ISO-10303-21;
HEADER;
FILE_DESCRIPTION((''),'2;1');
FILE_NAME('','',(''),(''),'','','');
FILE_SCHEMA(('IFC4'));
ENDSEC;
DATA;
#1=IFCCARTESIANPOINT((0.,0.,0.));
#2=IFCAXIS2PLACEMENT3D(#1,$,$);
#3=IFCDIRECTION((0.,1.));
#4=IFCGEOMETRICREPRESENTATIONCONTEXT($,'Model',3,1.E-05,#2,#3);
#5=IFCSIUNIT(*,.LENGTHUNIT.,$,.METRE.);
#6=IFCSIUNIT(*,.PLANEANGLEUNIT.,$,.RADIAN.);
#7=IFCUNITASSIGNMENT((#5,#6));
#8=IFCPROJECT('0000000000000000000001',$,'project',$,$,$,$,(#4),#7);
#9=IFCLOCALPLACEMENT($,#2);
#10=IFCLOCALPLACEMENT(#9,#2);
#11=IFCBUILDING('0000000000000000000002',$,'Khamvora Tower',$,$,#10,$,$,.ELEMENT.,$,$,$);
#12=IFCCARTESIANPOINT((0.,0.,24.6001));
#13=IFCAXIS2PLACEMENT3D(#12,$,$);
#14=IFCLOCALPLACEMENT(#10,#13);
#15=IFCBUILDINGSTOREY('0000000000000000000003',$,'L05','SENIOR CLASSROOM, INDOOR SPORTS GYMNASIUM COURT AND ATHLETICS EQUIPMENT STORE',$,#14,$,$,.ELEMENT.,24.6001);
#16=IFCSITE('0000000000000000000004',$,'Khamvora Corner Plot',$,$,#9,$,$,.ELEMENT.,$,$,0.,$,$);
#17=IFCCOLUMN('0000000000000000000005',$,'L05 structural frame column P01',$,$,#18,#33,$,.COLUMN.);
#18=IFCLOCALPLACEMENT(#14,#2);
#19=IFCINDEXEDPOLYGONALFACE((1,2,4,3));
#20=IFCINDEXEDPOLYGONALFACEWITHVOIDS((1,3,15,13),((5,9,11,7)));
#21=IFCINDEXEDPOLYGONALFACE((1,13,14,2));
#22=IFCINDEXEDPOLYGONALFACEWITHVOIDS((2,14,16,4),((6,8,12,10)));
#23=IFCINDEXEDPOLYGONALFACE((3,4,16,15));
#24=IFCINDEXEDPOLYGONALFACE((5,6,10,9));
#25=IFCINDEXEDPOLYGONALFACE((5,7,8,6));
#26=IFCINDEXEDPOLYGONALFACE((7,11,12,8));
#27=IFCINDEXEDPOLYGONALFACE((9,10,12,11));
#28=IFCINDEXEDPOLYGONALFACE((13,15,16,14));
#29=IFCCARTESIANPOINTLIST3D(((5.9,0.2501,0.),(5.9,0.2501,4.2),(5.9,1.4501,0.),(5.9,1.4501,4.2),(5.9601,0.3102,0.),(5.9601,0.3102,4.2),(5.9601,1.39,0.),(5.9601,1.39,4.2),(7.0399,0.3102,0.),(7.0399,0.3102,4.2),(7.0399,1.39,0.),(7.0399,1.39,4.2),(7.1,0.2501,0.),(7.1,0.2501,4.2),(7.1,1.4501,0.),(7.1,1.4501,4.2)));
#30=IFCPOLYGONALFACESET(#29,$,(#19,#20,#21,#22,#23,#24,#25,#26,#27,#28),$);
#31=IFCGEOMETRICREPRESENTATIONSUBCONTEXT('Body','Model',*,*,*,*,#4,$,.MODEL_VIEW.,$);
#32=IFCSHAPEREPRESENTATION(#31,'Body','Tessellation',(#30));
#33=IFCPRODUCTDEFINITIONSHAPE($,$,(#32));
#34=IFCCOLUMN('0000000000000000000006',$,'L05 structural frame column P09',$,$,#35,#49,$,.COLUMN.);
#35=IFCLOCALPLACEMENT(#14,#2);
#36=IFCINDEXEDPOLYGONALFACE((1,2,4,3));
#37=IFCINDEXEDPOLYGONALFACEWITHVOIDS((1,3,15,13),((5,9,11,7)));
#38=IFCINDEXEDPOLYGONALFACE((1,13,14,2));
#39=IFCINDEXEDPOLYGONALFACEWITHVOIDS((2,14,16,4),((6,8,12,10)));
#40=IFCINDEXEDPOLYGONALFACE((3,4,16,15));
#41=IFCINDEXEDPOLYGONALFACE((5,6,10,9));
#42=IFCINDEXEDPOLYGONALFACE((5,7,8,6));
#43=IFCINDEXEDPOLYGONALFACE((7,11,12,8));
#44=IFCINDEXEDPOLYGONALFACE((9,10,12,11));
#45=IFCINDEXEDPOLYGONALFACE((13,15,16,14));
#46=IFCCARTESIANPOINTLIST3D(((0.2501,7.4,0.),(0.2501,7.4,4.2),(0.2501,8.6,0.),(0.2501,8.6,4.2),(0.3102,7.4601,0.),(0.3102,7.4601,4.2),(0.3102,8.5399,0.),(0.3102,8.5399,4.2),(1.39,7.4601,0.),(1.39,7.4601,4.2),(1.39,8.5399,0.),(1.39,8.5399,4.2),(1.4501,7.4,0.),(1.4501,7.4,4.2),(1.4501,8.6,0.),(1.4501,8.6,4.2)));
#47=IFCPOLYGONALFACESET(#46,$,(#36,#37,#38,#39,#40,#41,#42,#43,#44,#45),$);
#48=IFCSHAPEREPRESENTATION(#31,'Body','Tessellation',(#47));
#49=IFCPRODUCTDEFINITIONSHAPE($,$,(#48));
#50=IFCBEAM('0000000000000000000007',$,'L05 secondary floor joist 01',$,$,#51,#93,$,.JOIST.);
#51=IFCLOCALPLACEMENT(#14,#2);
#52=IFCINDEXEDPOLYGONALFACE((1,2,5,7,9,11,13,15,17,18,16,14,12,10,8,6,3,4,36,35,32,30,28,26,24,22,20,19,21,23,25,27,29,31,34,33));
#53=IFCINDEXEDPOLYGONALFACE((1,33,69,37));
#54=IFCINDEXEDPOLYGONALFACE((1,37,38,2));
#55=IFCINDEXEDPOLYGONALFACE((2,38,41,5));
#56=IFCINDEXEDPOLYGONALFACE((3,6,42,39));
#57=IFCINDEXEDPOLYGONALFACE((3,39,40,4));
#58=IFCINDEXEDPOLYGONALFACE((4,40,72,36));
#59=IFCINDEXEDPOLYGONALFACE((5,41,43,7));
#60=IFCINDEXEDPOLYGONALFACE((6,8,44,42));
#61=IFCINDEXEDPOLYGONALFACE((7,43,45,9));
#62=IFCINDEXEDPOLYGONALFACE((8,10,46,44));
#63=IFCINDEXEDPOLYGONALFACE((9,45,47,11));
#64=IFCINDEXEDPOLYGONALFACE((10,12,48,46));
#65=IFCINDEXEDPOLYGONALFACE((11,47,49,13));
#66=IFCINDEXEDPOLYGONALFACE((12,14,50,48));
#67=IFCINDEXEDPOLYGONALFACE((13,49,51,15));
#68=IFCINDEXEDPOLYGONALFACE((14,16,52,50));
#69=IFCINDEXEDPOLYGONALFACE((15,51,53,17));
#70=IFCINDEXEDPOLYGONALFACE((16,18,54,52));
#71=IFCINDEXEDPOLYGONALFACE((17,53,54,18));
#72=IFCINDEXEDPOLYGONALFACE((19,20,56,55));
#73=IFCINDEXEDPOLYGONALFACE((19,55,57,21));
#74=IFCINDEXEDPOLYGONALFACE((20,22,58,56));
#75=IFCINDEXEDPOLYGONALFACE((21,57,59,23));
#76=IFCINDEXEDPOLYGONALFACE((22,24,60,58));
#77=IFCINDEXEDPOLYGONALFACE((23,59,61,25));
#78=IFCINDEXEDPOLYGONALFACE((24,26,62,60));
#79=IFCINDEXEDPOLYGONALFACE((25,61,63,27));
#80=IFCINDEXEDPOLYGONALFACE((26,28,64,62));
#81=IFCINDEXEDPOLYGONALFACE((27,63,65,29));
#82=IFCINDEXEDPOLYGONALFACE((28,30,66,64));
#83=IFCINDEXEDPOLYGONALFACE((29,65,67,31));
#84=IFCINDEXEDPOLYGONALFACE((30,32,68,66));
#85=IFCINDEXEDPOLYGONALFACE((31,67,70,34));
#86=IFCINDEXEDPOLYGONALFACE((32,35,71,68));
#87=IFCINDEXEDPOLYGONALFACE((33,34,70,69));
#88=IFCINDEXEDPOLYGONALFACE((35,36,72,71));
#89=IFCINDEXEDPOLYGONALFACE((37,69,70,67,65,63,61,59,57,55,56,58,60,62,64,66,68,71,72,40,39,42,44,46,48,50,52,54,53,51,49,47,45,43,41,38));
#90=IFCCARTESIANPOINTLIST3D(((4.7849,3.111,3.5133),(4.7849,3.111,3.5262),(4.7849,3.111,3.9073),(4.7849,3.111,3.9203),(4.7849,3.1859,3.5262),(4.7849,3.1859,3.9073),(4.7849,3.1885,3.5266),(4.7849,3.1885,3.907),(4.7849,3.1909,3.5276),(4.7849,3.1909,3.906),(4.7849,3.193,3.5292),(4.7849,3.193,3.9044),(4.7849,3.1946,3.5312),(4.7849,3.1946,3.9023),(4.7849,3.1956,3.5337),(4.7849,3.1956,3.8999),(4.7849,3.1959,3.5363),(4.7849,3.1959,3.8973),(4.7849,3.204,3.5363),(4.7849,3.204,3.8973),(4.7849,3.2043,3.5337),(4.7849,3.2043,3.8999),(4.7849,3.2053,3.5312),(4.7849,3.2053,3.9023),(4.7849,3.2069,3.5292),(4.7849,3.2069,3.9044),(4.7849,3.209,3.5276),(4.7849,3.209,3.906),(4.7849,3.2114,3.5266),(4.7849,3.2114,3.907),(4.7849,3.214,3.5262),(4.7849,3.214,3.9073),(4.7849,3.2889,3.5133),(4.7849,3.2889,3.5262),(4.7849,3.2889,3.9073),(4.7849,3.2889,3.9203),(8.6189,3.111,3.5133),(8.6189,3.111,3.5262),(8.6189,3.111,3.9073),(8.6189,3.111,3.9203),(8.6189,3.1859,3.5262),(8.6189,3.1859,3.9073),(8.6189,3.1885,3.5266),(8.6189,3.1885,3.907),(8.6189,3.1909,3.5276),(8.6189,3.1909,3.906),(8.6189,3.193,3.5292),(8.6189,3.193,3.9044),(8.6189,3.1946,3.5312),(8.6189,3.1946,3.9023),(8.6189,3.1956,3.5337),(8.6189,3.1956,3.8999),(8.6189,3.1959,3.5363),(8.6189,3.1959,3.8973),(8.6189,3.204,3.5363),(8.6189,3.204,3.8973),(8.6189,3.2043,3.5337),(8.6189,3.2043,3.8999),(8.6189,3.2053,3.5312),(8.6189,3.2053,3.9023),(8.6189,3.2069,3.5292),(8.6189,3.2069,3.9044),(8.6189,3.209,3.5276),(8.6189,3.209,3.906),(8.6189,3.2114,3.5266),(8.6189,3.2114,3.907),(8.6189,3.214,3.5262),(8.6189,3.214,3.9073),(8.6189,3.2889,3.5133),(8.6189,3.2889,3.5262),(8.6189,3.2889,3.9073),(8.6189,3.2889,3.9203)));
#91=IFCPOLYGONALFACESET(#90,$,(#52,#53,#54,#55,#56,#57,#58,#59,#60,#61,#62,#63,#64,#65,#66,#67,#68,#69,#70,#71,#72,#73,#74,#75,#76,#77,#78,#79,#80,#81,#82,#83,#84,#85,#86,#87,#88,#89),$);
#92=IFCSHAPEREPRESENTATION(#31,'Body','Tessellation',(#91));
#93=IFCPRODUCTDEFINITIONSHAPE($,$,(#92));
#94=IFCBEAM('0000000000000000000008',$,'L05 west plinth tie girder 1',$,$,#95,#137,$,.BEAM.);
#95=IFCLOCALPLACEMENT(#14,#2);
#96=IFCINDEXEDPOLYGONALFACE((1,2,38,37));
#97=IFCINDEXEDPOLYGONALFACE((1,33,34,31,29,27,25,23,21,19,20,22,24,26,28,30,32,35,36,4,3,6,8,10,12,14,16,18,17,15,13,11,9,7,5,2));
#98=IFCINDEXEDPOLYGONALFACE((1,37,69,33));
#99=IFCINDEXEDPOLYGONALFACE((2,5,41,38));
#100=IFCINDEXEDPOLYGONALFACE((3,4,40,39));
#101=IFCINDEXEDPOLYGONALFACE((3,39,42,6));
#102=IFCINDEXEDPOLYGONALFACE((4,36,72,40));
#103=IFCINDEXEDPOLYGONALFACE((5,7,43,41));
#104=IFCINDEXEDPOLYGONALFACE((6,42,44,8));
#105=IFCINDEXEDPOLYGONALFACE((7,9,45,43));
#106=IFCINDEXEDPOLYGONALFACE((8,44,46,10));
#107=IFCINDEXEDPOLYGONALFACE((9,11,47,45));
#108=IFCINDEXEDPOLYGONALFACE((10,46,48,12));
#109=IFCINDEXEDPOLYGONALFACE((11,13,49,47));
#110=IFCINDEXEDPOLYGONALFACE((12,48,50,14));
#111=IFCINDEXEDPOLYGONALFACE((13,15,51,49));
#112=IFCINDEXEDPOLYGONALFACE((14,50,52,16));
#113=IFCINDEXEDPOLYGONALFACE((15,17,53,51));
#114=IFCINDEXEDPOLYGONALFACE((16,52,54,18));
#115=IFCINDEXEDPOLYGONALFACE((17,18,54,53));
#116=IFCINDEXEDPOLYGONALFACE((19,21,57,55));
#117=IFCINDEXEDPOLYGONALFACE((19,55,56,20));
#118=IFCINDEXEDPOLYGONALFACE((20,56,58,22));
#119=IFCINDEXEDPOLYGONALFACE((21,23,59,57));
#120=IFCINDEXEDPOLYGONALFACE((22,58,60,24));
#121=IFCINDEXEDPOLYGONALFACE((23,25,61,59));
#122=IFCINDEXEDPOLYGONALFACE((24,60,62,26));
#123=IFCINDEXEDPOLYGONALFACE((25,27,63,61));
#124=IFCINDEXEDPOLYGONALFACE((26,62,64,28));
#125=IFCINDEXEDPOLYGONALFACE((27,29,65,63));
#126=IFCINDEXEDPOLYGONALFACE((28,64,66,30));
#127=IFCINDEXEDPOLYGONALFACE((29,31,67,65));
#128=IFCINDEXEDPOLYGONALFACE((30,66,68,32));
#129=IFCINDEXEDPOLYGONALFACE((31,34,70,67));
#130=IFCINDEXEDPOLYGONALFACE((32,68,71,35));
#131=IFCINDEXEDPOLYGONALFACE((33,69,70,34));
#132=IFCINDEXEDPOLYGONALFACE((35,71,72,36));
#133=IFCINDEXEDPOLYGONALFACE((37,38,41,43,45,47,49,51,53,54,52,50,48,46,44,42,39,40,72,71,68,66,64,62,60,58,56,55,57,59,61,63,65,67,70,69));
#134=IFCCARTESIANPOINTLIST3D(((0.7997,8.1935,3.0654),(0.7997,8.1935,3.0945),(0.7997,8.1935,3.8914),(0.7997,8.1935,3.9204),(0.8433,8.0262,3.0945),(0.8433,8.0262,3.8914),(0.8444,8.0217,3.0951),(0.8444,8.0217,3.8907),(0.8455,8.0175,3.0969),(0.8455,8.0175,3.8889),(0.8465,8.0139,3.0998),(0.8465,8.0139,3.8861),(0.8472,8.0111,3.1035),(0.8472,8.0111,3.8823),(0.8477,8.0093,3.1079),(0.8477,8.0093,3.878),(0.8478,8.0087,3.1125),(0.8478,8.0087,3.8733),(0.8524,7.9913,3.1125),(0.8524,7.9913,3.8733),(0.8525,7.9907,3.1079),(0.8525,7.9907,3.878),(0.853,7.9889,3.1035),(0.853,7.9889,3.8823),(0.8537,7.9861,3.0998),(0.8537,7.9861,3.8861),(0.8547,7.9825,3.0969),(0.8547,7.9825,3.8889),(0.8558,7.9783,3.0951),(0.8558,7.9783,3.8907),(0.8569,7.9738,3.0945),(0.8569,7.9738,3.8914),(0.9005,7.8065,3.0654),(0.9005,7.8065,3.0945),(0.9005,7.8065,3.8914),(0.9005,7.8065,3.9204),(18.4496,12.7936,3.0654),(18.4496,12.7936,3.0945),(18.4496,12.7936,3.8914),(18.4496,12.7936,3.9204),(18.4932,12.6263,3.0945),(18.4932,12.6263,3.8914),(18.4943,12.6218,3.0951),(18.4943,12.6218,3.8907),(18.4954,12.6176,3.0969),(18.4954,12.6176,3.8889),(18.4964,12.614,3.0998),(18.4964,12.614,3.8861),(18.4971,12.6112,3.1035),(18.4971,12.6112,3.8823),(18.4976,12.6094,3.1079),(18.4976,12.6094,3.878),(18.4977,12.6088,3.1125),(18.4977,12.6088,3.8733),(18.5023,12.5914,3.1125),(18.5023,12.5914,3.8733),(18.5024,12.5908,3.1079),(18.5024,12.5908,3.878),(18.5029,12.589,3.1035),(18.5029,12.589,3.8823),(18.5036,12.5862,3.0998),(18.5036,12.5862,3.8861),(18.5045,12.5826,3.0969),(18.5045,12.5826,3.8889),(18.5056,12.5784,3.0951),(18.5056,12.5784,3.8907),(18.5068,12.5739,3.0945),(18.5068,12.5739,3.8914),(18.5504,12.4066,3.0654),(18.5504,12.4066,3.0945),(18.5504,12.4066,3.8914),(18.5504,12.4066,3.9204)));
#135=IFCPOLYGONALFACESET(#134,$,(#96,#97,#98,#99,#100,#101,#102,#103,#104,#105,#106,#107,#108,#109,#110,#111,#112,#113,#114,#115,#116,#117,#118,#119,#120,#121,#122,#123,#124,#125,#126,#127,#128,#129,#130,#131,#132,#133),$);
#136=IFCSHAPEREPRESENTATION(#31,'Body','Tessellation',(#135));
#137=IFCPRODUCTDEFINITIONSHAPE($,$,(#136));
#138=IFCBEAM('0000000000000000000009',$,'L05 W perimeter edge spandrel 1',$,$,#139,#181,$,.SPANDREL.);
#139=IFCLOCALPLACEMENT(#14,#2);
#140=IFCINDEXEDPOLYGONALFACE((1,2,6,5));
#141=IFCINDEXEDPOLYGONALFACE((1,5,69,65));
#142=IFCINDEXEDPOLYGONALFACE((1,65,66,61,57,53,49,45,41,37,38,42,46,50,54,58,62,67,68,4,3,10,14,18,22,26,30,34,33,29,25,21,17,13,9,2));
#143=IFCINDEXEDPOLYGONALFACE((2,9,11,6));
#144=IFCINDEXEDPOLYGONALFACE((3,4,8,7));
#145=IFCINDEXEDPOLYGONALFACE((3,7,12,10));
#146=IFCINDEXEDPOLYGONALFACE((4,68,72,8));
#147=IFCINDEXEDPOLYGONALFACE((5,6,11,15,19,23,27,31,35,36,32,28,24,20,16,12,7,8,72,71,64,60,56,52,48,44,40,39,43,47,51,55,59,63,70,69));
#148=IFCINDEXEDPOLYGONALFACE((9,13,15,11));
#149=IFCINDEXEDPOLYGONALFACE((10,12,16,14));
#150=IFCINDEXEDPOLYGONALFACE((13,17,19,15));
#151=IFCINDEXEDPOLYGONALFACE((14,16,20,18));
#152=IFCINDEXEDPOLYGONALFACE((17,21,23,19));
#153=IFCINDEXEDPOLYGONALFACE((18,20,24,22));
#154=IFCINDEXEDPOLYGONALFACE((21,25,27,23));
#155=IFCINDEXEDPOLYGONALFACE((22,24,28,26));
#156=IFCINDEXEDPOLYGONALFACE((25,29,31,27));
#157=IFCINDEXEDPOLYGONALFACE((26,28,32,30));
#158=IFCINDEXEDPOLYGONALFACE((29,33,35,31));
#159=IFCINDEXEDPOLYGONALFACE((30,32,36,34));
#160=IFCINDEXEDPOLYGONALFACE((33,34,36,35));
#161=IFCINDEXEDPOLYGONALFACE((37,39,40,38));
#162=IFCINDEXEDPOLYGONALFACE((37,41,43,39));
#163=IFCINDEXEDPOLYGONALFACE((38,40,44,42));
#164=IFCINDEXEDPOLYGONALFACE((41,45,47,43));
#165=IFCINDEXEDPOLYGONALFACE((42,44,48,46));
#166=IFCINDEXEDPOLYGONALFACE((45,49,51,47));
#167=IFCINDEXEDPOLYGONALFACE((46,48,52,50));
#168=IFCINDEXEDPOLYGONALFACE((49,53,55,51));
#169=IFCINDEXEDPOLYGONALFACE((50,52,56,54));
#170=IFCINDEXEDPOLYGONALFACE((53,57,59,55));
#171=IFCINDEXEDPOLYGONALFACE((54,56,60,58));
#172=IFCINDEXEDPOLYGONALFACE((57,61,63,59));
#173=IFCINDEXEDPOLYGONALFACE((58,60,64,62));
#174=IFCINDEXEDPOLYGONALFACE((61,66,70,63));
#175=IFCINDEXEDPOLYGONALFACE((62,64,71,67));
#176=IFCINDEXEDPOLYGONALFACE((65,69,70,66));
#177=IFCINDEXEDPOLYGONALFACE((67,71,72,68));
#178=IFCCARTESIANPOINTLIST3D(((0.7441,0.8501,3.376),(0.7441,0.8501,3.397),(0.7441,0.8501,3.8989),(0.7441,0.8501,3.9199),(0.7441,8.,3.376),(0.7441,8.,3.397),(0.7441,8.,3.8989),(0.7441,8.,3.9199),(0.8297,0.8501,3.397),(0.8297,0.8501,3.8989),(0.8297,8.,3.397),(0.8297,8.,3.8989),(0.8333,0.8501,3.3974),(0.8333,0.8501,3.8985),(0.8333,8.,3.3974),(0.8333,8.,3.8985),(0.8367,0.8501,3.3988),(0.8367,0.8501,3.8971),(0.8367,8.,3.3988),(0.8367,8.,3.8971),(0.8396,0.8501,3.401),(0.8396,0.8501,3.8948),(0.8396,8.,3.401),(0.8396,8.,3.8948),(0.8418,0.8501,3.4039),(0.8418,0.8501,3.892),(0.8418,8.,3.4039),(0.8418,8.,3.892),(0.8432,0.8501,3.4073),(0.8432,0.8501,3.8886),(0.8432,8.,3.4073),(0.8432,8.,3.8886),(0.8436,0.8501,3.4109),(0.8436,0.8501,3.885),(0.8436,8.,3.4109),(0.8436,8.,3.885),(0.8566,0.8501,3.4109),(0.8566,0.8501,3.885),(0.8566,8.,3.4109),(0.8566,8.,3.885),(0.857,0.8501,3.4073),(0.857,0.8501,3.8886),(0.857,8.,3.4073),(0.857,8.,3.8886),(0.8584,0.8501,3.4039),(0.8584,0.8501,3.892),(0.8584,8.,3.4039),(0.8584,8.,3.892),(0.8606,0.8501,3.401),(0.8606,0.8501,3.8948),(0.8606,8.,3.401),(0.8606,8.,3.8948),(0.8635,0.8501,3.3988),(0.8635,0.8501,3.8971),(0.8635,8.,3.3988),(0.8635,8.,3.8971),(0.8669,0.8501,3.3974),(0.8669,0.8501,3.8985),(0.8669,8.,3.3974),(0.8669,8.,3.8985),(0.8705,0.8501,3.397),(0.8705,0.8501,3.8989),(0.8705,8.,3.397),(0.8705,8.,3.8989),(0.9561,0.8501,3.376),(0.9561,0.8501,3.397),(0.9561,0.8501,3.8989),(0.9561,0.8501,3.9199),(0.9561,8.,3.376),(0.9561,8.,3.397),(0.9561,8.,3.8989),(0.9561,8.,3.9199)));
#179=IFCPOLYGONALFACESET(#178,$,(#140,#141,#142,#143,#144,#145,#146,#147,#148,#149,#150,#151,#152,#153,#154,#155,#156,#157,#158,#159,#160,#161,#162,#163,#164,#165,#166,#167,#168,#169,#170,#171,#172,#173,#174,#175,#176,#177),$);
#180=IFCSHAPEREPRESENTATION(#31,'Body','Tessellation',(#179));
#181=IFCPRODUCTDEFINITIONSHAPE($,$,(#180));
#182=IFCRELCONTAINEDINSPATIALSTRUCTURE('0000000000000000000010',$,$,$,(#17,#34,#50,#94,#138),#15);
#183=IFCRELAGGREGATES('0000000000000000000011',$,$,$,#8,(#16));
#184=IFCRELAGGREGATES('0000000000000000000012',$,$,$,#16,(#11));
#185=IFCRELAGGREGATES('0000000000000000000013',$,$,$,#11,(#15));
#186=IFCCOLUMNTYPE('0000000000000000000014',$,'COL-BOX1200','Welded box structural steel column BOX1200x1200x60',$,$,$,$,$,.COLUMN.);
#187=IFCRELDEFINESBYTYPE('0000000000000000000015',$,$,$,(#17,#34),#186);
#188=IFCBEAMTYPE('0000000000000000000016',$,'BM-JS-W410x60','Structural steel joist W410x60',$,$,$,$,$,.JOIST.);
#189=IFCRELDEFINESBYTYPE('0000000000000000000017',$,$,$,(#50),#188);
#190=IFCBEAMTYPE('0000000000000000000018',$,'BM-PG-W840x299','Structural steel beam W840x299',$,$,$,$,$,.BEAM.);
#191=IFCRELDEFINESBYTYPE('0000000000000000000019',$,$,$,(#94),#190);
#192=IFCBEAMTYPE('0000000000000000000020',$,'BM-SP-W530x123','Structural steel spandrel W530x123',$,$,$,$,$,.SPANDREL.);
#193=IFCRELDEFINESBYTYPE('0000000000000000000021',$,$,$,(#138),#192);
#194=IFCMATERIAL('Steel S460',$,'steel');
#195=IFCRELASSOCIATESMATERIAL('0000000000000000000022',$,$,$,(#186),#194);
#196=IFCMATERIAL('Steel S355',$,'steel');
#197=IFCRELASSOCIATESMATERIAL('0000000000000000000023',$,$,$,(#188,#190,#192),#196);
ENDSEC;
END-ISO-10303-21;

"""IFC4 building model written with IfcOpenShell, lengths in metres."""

from ifc_helpers import new_model, si_unit, direction, frame, origin, origin_2d, place, context, subcontext, project, spatial, hollow_rectangle, i_section, extrude, material, material_profile, profile_set, type_object, element, save


model = new_model("IFC4")

# Units and contexts
model_context = context("Model", 3, precision=1e-05, world=origin(), true_north=direction((0.0, 1.0)))
body_context = subcontext(model_context, "Body", "Model", "MODEL_VIEW")
ifc_project = project(units=[si_unit("LENGTHUNIT", "METRE"), si_unit("PLANEANGLEUNIT", "RADIAN")], contexts=[model_context])

# Site, building, storey
site_placement = place(None, origin())
site = spatial("IfcSite", under=ifc_project, at=site_placement, Name="Khamvora Corner Plot", CompositionType="ELEMENT", RefElevation=0.0)
building_placement = place(site_placement, origin())
building = spatial("IfcBuilding", under=site, at=building_placement, Name="Khamvora Tower", CompositionType="ELEMENT")
storey_placement = place(building_placement, frame((0.0, 0.0, 24.6001)))
storey = spatial("IfcBuildingStorey", under=building, at=storey_placement, Name="L05", Description="SENIOR CLASSROOM, INDOOR SPORTS GYMNASIUM COURT AND ATHLETICS EQUIPMENT STORE", CompositionType="ELEMENT", Elevation=24.6001)

# Columns
ifc_material_1 = material(Name="Steel S460", Category="steel")
ifc_material_profile_1 = material_profile(ifc_material_1, hollow_rectangle(XDim=1.2, YDim=1.2, WallThickness=0.0601, at=origin_2d()), Name="BOX1200x1200x60")
ifc_profile_set_1 = profile_set([ifc_material_profile_1], Name="Steel S460")
column_type = type_object("IfcColumnType", Name="COL-BOX1200", Description="Welded box structural steel column BOX1200x1200x60", PredefinedType="COLUMN", material=ifc_profile_set_1)
for number, where, z_axis, x_axis, name in (
    (1, (6.5, 0.8501, 0.0), (0.0, 0.0, 1.0), (1.0, 0.0, 0.0), "L05 structural frame column P01"),
    (2, (0.8501, 8.0, 0.0), (0.0, 0.0, 1.0), (1.0, 0.0, 0.0), "L05 structural frame column P09"),
):
    element("IfcColumn", number, at=place(storey_placement, frame(where, z_axis=z_axis, x_axis=x_axis)), inside=storey, type_object=column_type, Name=name, PredefinedType="COLUMN", context=body_context, shape_type="SweptSolid", body=[
        extrude(hollow_rectangle(XDim=1.2, YDim=1.2, WallThickness=0.0601, at=origin_2d()), origin(), (0.0, 0.0, 1.0), 4.2),
    ])

# Beams
ifc_material_2 = material(Name="Steel S355", Category="steel")
ifc_material_profile_2 = material_profile(ifc_material_2, i_section(OverallWidth=0.178, OverallDepth=0.407, WebThickness=0.0081, FlangeThickness=0.0129, FilletRadius=0.01, at=origin_2d()), Name="W410x60")
ifc_profile_set_2 = profile_set([ifc_material_profile_2], Name="Steel S355")
beam_type_1 = type_object("IfcBeamType", Name="BM-JS-W410x60", Description="Structural steel joist W410x60", PredefinedType="JOIST", material=ifc_profile_set_2)
beam_1_placement = place(storey_placement, frame((4.7849, 3.2, 3.7168), z_axis=(1.0, 0.0, 0.0), x_axis=(0.0, 1.0, 0.0)))
element("IfcBeam", 3, at=beam_1_placement, inside=storey, type_object=beam_type_1, Name="L05 secondary floor joist 01", PredefinedType="JOIST", context=body_context, shape_type="SweptSolid", body=[
    extrude(i_section(OverallWidth=0.178, OverallDepth=0.407, WebThickness=0.0081, FlangeThickness=0.0129, FilletRadius=0.01, at=origin_2d()), origin(), (0.0, 0.0, 1.0), 3.834),
])
ifc_material_profile_3 = material_profile(ifc_material_2, i_section(OverallWidth=0.3999, OverallDepth=0.855, WebThickness=0.0181, FlangeThickness=0.0291, FilletRadius=0.0181, at=origin_2d()), Name="W840x299")
ifc_profile_set_3 = profile_set([ifc_material_profile_3], Name="Steel S355")
beam_type_2 = type_object("IfcBeamType", Name="BM-PG-W840x299", Description="Structural steel beam W840x299", PredefinedType="BEAM", material=ifc_profile_set_3)
beam_2_placement = place(storey_placement, frame((0.8501, 8.0, 3.4929), z_axis=(0.967674, 0.252205, 0.0), x_axis=(-0.252205, 0.967674, 0.0)))
element("IfcBeam", 4, at=beam_2_placement, inside=storey, type_object=beam_type_2, Name="L05 west plinth tie girder 1", PredefinedType="BEAM", context=body_context, shape_type="SweptSolid", body=[
    extrude(i_section(OverallWidth=0.3999, OverallDepth=0.855, WebThickness=0.0181, FlangeThickness=0.0291, FilletRadius=0.0181, at=origin_2d()), origin(), (0.0, 0.0, 1.0), 18.2395),
])
ifc_material_profile_4 = material_profile(ifc_material_2, i_section(OverallWidth=0.2119, OverallDepth=0.5439, WebThickness=0.0129, FlangeThickness=0.021, FilletRadius=0.0139, at=origin_2d()), Name="W530x123")
ifc_profile_set_4 = profile_set([ifc_material_profile_4], Name="Steel S355")
beam_type_3 = type_object("IfcBeamType", Name="BM-SP-W530x123", Description="Structural steel spandrel W530x123", PredefinedType="SPANDREL", material=ifc_profile_set_4)
beam_3_placement = place(storey_placement, frame((0.8501, 0.8501, 3.6479), z_axis=(0.0, 1.0, 0.0), x_axis=(-1.0, 0.0, 0.0)))
element("IfcBeam", 5, at=beam_3_placement, inside=storey, type_object=beam_type_3, Name="L05 W perimeter edge spandrel 1", PredefinedType="SPANDREL", context=body_context, shape_type="SweptSolid", body=[
    extrude(i_section(OverallWidth=0.2119, OverallDepth=0.5439, WebThickness=0.0129, FlangeThickness=0.021, FilletRadius=0.0139, at=origin_2d()), origin(), (0.0, 0.0, 1.0), 7.1499),
])

save(model, "model.ifc")
